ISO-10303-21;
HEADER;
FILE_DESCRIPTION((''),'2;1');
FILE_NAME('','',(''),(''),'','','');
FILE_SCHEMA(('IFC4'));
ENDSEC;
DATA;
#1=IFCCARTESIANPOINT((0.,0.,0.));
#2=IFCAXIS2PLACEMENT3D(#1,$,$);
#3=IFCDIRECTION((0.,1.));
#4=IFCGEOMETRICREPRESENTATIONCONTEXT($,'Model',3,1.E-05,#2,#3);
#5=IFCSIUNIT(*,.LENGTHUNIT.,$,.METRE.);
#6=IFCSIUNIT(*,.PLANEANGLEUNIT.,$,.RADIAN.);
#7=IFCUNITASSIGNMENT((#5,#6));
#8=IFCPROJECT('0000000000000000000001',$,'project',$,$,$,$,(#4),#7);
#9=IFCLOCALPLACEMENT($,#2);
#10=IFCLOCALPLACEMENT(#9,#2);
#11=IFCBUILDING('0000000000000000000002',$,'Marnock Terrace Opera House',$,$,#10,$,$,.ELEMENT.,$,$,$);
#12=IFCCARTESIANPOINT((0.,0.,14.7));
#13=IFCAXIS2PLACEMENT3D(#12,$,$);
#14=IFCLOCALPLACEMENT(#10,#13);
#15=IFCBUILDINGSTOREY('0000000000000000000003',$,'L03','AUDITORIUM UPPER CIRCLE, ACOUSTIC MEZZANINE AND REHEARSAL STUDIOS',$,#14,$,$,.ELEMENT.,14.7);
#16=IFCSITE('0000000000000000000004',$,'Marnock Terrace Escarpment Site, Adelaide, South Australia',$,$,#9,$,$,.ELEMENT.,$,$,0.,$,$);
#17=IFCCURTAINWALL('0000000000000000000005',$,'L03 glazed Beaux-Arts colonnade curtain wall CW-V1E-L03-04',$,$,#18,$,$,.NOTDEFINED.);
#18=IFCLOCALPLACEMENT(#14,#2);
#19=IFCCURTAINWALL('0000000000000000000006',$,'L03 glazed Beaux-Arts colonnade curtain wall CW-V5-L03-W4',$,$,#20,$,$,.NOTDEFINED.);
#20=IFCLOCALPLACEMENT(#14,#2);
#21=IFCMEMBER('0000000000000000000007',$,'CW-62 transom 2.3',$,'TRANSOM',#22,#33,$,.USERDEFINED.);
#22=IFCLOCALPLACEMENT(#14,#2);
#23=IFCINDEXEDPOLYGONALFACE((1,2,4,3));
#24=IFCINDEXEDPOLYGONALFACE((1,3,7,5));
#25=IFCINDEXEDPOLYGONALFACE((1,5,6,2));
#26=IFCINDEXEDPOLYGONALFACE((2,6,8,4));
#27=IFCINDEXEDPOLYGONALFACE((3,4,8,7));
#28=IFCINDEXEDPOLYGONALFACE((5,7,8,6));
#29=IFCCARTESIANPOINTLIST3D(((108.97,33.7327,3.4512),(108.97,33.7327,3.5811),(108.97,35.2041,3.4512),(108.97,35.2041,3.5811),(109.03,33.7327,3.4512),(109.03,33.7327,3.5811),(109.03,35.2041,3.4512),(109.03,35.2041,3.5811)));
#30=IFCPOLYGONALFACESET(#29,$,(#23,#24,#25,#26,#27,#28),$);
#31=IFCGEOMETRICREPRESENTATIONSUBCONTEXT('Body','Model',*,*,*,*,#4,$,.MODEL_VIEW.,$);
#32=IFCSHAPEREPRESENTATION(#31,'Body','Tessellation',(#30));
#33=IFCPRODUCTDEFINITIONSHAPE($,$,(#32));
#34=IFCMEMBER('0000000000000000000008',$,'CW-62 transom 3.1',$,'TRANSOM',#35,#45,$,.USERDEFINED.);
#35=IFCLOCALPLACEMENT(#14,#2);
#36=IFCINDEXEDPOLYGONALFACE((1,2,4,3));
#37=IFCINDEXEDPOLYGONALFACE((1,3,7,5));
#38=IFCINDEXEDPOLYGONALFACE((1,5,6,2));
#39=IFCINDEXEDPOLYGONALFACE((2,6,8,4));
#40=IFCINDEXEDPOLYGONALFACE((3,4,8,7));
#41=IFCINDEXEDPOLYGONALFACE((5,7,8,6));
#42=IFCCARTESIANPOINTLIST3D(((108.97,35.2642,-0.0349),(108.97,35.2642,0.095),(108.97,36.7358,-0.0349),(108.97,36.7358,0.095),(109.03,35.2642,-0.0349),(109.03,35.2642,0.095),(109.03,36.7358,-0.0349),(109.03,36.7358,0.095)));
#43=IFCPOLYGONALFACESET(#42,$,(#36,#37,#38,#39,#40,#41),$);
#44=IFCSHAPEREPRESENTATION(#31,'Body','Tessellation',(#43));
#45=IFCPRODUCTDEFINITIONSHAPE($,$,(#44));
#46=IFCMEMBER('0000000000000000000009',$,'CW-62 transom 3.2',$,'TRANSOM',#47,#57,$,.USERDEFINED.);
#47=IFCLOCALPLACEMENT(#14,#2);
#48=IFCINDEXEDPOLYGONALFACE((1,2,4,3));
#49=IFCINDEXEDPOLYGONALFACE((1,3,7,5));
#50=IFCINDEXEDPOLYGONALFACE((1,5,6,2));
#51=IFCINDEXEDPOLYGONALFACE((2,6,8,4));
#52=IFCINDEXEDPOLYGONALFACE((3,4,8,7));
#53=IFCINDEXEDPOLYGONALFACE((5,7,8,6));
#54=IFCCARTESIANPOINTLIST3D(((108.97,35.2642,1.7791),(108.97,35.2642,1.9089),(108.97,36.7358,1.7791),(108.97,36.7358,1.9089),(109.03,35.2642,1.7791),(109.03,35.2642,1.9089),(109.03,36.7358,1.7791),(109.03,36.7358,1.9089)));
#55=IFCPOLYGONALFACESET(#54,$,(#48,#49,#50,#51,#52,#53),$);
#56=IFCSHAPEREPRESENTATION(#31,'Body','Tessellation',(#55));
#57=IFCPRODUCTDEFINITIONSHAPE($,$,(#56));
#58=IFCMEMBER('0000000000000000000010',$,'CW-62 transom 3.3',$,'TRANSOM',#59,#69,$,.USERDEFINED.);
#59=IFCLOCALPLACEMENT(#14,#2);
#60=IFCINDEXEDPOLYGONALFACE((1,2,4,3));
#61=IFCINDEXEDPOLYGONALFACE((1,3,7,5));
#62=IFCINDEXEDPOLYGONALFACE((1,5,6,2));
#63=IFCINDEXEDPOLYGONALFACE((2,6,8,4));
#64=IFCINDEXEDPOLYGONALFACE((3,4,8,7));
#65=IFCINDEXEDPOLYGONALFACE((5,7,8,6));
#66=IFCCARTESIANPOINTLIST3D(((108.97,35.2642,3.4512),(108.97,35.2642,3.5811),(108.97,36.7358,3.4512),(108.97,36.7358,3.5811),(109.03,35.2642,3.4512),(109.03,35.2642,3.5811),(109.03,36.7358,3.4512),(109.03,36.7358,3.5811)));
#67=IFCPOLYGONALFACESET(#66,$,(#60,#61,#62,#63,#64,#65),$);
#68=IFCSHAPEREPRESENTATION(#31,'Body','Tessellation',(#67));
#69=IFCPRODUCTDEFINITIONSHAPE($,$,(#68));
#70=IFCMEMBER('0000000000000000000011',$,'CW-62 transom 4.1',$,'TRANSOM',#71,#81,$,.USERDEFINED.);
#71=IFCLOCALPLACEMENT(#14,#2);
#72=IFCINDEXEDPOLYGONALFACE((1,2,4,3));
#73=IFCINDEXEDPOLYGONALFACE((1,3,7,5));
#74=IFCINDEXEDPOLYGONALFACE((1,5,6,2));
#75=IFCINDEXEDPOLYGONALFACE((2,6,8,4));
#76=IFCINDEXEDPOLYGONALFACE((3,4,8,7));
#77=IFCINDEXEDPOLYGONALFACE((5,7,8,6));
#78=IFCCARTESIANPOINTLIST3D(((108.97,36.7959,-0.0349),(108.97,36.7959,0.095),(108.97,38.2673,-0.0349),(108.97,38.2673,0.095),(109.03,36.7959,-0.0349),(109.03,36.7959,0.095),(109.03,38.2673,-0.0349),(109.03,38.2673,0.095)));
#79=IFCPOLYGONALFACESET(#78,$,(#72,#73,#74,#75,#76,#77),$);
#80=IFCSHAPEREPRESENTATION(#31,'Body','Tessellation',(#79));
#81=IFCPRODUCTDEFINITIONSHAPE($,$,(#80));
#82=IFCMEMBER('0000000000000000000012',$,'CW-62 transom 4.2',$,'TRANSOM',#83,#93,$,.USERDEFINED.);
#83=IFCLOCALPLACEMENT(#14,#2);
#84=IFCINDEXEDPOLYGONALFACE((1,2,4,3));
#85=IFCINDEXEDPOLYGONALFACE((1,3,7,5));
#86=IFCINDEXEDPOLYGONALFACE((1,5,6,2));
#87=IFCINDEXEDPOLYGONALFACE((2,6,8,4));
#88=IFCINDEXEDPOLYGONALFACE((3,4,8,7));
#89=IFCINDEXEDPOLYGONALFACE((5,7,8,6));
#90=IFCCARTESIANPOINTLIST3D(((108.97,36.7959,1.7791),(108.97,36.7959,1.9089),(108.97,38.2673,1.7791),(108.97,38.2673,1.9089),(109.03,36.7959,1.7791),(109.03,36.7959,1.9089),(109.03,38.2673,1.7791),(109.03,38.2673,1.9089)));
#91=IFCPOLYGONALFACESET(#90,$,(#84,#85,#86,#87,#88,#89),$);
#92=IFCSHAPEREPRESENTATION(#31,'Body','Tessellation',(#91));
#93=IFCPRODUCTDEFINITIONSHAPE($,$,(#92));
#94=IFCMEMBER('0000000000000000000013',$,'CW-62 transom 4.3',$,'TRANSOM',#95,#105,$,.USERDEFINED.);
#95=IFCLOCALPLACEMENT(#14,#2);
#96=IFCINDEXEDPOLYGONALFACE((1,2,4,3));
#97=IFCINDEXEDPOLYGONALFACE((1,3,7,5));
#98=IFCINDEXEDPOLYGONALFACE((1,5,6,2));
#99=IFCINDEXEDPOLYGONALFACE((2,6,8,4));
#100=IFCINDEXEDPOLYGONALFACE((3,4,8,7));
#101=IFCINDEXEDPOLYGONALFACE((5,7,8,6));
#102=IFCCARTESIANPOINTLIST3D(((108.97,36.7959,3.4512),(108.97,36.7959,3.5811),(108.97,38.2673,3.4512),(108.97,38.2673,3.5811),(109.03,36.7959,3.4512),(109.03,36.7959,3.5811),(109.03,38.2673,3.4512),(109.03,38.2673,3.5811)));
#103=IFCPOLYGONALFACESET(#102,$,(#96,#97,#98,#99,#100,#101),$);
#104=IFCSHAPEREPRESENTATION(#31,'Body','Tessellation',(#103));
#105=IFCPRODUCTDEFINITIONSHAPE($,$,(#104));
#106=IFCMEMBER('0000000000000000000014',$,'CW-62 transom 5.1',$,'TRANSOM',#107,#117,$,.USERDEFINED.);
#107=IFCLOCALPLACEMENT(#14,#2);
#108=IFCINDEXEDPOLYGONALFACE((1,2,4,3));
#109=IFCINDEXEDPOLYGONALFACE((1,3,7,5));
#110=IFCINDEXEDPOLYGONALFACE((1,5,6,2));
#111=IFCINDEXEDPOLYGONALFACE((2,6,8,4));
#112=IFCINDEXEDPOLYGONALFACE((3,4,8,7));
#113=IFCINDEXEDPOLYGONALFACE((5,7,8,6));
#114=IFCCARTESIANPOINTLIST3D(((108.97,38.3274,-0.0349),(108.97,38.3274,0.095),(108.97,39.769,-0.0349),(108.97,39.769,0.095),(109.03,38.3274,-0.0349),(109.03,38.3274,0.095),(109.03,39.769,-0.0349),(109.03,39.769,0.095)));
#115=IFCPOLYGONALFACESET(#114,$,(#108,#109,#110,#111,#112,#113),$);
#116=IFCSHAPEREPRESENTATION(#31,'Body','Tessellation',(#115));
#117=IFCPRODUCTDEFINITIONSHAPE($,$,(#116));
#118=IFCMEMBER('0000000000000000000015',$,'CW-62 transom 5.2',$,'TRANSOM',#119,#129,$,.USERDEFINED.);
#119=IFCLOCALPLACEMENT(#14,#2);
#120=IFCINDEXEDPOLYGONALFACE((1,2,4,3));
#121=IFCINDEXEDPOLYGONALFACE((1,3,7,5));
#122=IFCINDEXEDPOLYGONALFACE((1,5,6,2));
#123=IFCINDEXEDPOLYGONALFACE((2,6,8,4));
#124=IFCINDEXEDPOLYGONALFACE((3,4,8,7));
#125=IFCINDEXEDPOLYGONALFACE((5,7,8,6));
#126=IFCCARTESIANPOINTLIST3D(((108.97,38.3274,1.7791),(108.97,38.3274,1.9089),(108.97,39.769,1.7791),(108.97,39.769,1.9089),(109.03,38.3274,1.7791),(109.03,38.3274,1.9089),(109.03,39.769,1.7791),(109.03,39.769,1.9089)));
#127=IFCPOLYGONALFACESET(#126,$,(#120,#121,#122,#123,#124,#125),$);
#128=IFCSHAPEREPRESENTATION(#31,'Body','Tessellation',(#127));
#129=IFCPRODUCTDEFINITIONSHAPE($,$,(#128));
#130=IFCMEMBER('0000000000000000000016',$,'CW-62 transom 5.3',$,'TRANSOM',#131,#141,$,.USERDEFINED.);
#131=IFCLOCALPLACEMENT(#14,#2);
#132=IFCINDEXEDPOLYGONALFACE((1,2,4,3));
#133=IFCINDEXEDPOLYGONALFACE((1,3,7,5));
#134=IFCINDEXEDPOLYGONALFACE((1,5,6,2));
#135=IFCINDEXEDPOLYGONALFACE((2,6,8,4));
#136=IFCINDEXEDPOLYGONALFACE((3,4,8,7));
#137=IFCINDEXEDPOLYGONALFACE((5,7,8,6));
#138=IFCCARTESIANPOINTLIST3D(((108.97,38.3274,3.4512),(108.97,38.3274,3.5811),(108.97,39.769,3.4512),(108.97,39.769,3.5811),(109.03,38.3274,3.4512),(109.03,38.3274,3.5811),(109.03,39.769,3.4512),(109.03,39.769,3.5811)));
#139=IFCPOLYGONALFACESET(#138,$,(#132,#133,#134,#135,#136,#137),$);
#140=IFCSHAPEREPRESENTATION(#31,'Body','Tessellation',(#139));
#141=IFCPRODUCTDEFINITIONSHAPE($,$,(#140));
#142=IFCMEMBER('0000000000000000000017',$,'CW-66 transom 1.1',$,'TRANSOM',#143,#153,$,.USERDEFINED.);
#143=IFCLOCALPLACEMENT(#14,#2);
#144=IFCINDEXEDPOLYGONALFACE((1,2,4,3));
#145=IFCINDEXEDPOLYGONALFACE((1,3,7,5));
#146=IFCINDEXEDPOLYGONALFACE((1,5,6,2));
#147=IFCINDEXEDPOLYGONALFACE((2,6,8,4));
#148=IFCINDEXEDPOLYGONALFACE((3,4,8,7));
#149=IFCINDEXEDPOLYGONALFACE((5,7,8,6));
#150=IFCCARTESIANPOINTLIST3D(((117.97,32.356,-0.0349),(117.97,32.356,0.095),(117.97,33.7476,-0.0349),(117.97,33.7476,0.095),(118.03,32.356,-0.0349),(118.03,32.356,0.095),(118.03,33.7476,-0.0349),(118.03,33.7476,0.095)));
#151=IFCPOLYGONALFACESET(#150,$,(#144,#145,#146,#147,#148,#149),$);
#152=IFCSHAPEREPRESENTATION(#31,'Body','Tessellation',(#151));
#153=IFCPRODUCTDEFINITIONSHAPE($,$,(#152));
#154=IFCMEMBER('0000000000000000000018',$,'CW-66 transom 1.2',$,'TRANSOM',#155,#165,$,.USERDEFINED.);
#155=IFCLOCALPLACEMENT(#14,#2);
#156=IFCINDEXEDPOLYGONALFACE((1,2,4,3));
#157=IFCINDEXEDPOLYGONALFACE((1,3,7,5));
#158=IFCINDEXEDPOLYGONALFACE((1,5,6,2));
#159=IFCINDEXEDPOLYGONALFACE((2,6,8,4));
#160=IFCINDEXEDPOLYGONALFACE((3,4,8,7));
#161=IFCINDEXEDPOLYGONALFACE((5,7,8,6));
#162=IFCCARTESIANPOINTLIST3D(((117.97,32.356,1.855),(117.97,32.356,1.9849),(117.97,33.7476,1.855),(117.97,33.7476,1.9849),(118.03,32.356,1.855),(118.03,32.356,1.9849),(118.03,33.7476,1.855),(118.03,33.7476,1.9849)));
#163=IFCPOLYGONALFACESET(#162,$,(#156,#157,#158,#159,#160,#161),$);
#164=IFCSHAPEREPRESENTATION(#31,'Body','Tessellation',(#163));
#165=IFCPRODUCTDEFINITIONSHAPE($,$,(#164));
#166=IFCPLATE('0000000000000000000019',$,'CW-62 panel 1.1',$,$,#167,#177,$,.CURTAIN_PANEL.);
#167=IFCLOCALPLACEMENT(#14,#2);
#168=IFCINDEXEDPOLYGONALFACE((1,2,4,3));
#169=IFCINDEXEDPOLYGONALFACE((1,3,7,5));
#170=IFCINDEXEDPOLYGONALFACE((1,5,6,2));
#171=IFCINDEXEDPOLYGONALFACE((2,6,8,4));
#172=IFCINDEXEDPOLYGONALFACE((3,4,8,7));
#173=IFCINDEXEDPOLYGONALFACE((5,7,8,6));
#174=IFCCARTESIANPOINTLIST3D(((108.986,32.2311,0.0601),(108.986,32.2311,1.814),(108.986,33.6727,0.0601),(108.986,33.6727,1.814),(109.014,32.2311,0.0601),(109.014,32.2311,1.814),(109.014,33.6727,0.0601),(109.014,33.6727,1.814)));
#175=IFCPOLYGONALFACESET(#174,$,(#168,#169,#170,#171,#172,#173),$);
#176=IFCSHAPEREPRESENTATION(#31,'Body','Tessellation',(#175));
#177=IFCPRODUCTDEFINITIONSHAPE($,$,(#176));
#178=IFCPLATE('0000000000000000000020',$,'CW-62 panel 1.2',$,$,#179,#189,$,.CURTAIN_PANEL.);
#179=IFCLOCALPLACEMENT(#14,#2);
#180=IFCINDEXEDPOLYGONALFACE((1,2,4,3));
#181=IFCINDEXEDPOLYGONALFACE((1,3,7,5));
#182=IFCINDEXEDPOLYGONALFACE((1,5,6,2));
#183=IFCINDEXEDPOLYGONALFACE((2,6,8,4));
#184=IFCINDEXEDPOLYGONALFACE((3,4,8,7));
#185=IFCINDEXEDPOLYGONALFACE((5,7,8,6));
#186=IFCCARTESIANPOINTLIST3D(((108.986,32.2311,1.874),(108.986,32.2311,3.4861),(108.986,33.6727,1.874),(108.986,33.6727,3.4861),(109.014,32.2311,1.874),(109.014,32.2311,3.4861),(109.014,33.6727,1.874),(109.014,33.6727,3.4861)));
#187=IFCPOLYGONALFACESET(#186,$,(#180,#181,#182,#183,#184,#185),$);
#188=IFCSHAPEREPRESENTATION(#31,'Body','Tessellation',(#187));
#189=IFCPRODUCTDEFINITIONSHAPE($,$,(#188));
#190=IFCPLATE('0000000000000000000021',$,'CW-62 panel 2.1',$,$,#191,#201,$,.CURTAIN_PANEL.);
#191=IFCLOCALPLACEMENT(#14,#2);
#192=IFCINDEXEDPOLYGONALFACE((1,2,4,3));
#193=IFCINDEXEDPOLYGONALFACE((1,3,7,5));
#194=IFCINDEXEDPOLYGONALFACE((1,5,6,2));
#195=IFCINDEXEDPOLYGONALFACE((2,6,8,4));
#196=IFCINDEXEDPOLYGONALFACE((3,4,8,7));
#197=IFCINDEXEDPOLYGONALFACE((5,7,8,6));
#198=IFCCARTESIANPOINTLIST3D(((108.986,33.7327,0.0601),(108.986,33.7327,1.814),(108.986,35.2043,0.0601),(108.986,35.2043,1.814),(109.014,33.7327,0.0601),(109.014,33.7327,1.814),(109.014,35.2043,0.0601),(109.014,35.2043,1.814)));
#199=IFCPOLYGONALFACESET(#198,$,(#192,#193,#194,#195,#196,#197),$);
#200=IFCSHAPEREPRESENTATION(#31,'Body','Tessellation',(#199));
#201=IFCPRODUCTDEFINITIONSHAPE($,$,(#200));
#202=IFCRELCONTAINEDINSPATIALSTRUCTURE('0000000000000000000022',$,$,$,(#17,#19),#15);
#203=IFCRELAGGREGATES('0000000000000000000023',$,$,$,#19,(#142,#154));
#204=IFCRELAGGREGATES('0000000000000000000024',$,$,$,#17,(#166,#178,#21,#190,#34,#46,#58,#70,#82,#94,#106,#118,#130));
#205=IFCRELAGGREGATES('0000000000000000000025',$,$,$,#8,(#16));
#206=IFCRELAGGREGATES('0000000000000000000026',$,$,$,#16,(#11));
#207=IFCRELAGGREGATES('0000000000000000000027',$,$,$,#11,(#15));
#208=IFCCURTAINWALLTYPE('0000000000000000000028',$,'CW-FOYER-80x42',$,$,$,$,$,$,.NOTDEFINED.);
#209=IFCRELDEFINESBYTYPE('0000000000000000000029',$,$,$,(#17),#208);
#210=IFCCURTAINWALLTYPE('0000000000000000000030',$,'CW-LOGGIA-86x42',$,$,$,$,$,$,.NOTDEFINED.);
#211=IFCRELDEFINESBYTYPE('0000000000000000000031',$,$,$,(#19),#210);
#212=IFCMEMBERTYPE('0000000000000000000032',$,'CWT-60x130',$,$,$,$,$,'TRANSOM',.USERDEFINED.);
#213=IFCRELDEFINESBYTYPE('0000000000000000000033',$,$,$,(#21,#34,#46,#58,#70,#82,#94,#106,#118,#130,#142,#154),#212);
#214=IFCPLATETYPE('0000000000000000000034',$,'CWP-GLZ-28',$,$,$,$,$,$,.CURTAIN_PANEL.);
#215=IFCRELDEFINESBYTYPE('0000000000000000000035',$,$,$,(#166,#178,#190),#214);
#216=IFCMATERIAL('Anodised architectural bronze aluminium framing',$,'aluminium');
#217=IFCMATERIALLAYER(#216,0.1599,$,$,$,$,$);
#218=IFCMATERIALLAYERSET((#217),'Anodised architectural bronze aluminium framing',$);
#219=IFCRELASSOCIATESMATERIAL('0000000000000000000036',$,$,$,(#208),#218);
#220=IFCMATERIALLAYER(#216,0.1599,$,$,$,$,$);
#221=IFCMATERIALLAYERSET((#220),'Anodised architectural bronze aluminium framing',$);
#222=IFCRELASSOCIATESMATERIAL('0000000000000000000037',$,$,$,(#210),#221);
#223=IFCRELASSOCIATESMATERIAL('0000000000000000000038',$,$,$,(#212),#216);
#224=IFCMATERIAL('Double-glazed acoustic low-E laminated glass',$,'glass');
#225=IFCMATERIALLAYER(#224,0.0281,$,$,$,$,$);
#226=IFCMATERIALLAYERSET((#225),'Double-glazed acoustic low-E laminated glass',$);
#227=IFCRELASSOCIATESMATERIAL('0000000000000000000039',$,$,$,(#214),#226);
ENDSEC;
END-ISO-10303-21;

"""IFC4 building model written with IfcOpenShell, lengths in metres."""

from ifc_helpers import new_model, si_unit, direction, frame, origin, origin_2d, place, context, subcontext, project, spatial, rectangle, extrude, material, layer, layer_set, material_profile, profile_set, type_object, element, aggregate, save


model = new_model("IFC4")

# Units and contexts
model_context = context("Model", 3, precision=1e-05, world=origin(), true_north=direction((0.0, 1.0)))
body_context = subcontext(model_context, "Body", "Model", "MODEL_VIEW")
ifc_project = project(units=[si_unit("LENGTHUNIT", "METRE"), si_unit("PLANEANGLEUNIT", "RADIAN")], contexts=[model_context])

# Site, building, storey
site_placement = place(None, origin())
site = spatial("IfcSite", under=ifc_project, at=site_placement, Name="Marnock Terrace Escarpment Site, Adelaide, South Australia", CompositionType="ELEMENT", RefElevation=0.0)
building_placement = place(site_placement, origin())
building = spatial("IfcBuilding", under=site, at=building_placement, Name="Marnock Terrace Opera House", CompositionType="ELEMENT")
storey_placement = place(building_placement, frame((0.0, 0.0, 14.7)))
storey = spatial("IfcBuildingStorey", under=building, at=storey_placement, Name="L03", Description="AUDITORIUM UPPER CIRCLE, ACOUSTIC MEZZANINE AND REHEARSAL STUDIOS", CompositionType="ELEMENT", Elevation=14.7)

# Curtain wall
ifc_material_1 = material(Name="Anodised architectural bronze aluminium framing", Category="aluminium")
ifc_layer_1 = layer(ifc_material_1, 0.1599)
ifc_layer_set_1 = layer_set([ifc_layer_1], Name="Anodised architectural bronze aluminium framing")
curtain_wall_type_1 = type_object("IfcCurtainWallType", Name="CW-FOYER-80x42", PredefinedType="NOTDEFINED", material=ifc_layer_set_1)
curtain_wall_1_placement = place(storey_placement, origin())
curtain_wall_1 = element("IfcCurtainWall", 1, at=curtain_wall_1_placement, inside=storey, type_object=curtain_wall_type_1, Name="L03 glazed Beaux-Arts colonnade curtain wall CW-V1E-L03-04", PredefinedType="NOTDEFINED")

# Curtain wall
ifc_layer_2 = layer(ifc_material_1, 0.1599)
ifc_layer_set_2 = layer_set([ifc_layer_2], Name="Anodised architectural bronze aluminium framing")
curtain_wall_type_2 = type_object("IfcCurtainWallType", Name="CW-LOGGIA-86x42", PredefinedType="NOTDEFINED", material=ifc_layer_set_2)
curtain_wall_2_placement = place(storey_placement, origin())
curtain_wall_2 = element("IfcCurtainWall", 2, at=curtain_wall_2_placement, inside=storey, type_object=curtain_wall_type_2, Name="L03 glazed Beaux-Arts colonnade curtain wall CW-V5-L03-W4", PredefinedType="NOTDEFINED")

# Members
ifc_material_profile_1 = material_profile(ifc_material_1, rectangle(XDim=0.0601, YDim=0.1299, at=origin_2d()))
ifc_profile_set_1 = profile_set([ifc_material_profile_1], Name="Anodised architectural bronze aluminium framing")
member_type_1 = type_object("IfcMemberType", Name="CWT-60x130", ElementType="TRANSOM", PredefinedType="USERDEFINED", material=ifc_profile_set_1)
member_1_placement = place(storey_placement, frame((109.0, 33.7327, 3.5161), z_axis=(0.0, 1.0, 0.0), x_axis=(-1.0, 0.0, 0.0)))
member_1 = element("IfcMember", 3, at=member_1_placement, type_object=member_type_1, Name="CW-62 transom 2.3", ObjectType="TRANSOM", PredefinedType="USERDEFINED", context=body_context, shape_type="SweptSolid", body=[
    extrude(rectangle(XDim=0.0601, YDim=0.1299, at=origin_2d()), origin(), (0.0, 0.0, 1.0), 1.4714),
])
member_2_placement = place(storey_placement, frame((109.0, 35.2642, 0.03), z_axis=(0.0, 1.0, 0.0), x_axis=(-1.0, 0.0, 0.0)))
member_2 = element("IfcMember", 4, at=member_2_placement, type_object=member_type_1, Name="CW-62 transom 3.1", ObjectType="TRANSOM", PredefinedType="USERDEFINED", context=body_context, shape_type="SweptSolid", body=[
    extrude(rectangle(XDim=0.0601, YDim=0.1299, at=origin_2d()), origin(), (0.0, 0.0, 1.0), 1.4717),
])
member_3_placement = place(storey_placement, frame((109.0, 35.2642, 1.844), z_axis=(0.0, 1.0, 0.0), x_axis=(-1.0, 0.0, 0.0)))
member_3 = element("IfcMember", 5, at=member_3_placement, type_object=member_type_1, Name="CW-62 transom 3.2", ObjectType="TRANSOM", PredefinedType="USERDEFINED", context=body_context, shape_type="SweptSolid", body=[
    extrude(rectangle(XDim=0.0601, YDim=0.1299, at=origin_2d()), origin(), (0.0, 0.0, 1.0), 1.4717),
])
member_4_placement = place(storey_placement, frame((109.0, 35.2642, 3.5161), z_axis=(0.0, 1.0, 0.0), x_axis=(-1.0, 0.0, 0.0)))
member_4 = element("IfcMember", 6, at=member_4_placement, type_object=member_type_1, Name="CW-62 transom 3.3", ObjectType="TRANSOM", PredefinedType="USERDEFINED", context=body_context, shape_type="SweptSolid", body=[
    extrude(rectangle(XDim=0.0601, YDim=0.1299, at=origin_2d()), origin(), (0.0, 0.0, 1.0), 1.4717),
])
member_5_placement = place(storey_placement, frame((109.0, 36.7959, 0.03), z_axis=(0.0, 1.0, 0.0), x_axis=(-1.0, 0.0, 0.0)))
member_5 = element("IfcMember", 7, at=member_5_placement, type_object=member_type_1, Name="CW-62 transom 4.1", ObjectType="TRANSOM", PredefinedType="USERDEFINED", context=body_context, shape_type="SweptSolid", body=[
    extrude(rectangle(XDim=0.0601, YDim=0.1299, at=origin_2d()), origin(), (0.0, 0.0, 1.0), 1.4714),
])
member_6_placement = place(storey_placement, frame((109.0, 36.7959, 1.844), z_axis=(0.0, 1.0, 0.0), x_axis=(-1.0, 0.0, 0.0)))
member_6 = element("IfcMember", 8, at=member_6_placement, type_object=member_type_1, Name="CW-62 transom 4.2", ObjectType="TRANSOM", PredefinedType="USERDEFINED", context=body_context, shape_type="SweptSolid", body=[
    extrude(rectangle(XDim=0.0601, YDim=0.1299, at=origin_2d()), origin(), (0.0, 0.0, 1.0), 1.4714),
])
member_7_placement = place(storey_placement, frame((109.0, 36.7959, 3.5161), z_axis=(0.0, 1.0, 0.0), x_axis=(-1.0, 0.0, 0.0)))
member_7 = element("IfcMember", 9, at=member_7_placement, type_object=member_type_1, Name="CW-62 transom 4.3", ObjectType="TRANSOM", PredefinedType="USERDEFINED", context=body_context, shape_type="SweptSolid", body=[
    extrude(rectangle(XDim=0.0601, YDim=0.1299, at=origin_2d()), origin(), (0.0, 0.0, 1.0), 1.4714),
])
member_8_placement = place(storey_placement, frame((109.0, 38.3274, 0.03), z_axis=(0.0, 1.0, 0.0), x_axis=(-1.0, 0.0, 0.0)))
member_8 = element("IfcMember", 10, at=member_8_placement, type_object=member_type_1, Name="CW-62 transom 5.1", ObjectType="TRANSOM", PredefinedType="USERDEFINED", context=body_context, shape_type="SweptSolid", body=[
    extrude(rectangle(XDim=0.0601, YDim=0.1299, at=origin_2d()), origin(), (0.0, 0.0, 1.0), 1.4417),
])
member_9_placement = place(storey_placement, frame((109.0, 38.3274, 1.844), z_axis=(0.0, 1.0, 0.0), x_axis=(-1.0, 0.0, 0.0)))
member_9 = element("IfcMember", 11, at=member_9_placement, type_object=member_type_1, Name="CW-62 transom 5.2", ObjectType="TRANSOM", PredefinedType="USERDEFINED", context=body_context, shape_type="SweptSolid", body=[
    extrude(rectangle(XDim=0.0601, YDim=0.1299, at=origin_2d()), origin(), (0.0, 0.0, 1.0), 1.4417),
])
member_10_placement = place(storey_placement, frame((109.0, 38.3274, 3.5161), z_axis=(0.0, 1.0, 0.0), x_axis=(-1.0, 0.0, 0.0)))
member_10 = element("IfcMember", 12, at=member_10_placement, type_object=member_type_1, Name="CW-62 transom 5.3", ObjectType="TRANSOM", PredefinedType="USERDEFINED", context=body_context, shape_type="SweptSolid", body=[
    extrude(rectangle(XDim=0.0601, YDim=0.1299, at=origin_2d()), origin(), (0.0, 0.0, 1.0), 1.4417),
])
member_11_placement = place(storey_placement, frame((118.0, 32.356, 0.03), z_axis=(0.0, 1.0, 0.0), x_axis=(-1.0, 0.0, 0.0)))
member_11 = element("IfcMember", 13, at=member_11_placement, type_object=member_type_1, Name="CW-66 transom 1.1", ObjectType="TRANSOM", PredefinedType="USERDEFINED", context=body_context, shape_type="SweptSolid", body=[
    extrude(rectangle(XDim=0.0601, YDim=0.1299, at=origin_2d()), origin(), (0.0, 0.0, 1.0), 1.3916),
])
member_12_placement = place(storey_placement, frame((118.0, 32.356, 1.9199), z_axis=(0.0, 1.0, 0.0), x_axis=(-1.0, 0.0, 0.0)))
member_12 = element("IfcMember", 14, at=member_12_placement, type_object=member_type_1, Name="CW-66 transom 1.2", ObjectType="TRANSOM", PredefinedType="USERDEFINED", context=body_context, shape_type="SweptSolid", body=[
    extrude(rectangle(XDim=0.0601, YDim=0.1299, at=origin_2d()), origin(), (0.0, 0.0, 1.0), 1.3916),
])
aggregate(curtain_wall_2, [member_11, member_12])

# Plates
ifc_material_2 = material(Name="Double-glazed acoustic low-E laminated glass", Category="glass")
ifc_layer_3 = layer(ifc_material_2, 0.0281)
ifc_layer_set_3 = layer_set([ifc_layer_3], Name="Double-glazed acoustic low-E laminated glass")
plate_type = type_object("IfcPlateType", Name="CWP-GLZ-28", PredefinedType="CURTAIN_PANEL", material=ifc_layer_set_3)
plate_1_placement = place(storey_placement, frame((109.0, 32.9519, 0.0601), z_axis=(0.0, 0.0, 1.0), x_axis=(0.0, 1.0, 0.0)))
plate_1 = element("IfcPlate", 15, at=plate_1_placement, type_object=plate_type, Name="CW-62 panel 1.1", PredefinedType="CURTAIN_PANEL", context=body_context, shape_type="SweptSolid", body=[
    extrude(rectangle(XDim=1.4417, YDim=0.0281, at=origin_2d()), origin(), (0.0, 0.0, 1.0), 1.7539),
])
plate_2_placement = place(storey_placement, frame((109.0, 32.9519, 1.874), z_axis=(0.0, 0.0, 1.0), x_axis=(0.0, 1.0, 0.0)))
plate_2 = element("IfcPlate", 16, at=plate_2_placement, type_object=plate_type, Name="CW-62 panel 1.2", PredefinedType="CURTAIN_PANEL", context=body_context, shape_type="SweptSolid", body=[
    extrude(rectangle(XDim=1.4417, YDim=0.0281, at=origin_2d()), origin(), (0.0, 0.0, 1.0), 1.6121),
])
plate_3_placement = place(storey_placement, frame((109.0, 34.4685, 0.0601), z_axis=(0.0, 0.0, 1.0), x_axis=(0.0, 1.0, 0.0)))
plate_3 = element("IfcPlate", 17, at=plate_3_placement, type_object=plate_type, Name="CW-62 panel 2.1", PredefinedType="CURTAIN_PANEL", context=body_context, shape_type="SweptSolid", body=[
    extrude(rectangle(XDim=1.4717, YDim=0.0281, at=origin_2d()), origin(), (0.0, 0.0, 1.0), 1.7539),
])
aggregate(curtain_wall_1, [plate_1, plate_2, member_1, plate_3, member_2, member_3, member_4, member_5, member_6, member_7, member_8, member_9, member_10])

save(model, "model.ifc")
